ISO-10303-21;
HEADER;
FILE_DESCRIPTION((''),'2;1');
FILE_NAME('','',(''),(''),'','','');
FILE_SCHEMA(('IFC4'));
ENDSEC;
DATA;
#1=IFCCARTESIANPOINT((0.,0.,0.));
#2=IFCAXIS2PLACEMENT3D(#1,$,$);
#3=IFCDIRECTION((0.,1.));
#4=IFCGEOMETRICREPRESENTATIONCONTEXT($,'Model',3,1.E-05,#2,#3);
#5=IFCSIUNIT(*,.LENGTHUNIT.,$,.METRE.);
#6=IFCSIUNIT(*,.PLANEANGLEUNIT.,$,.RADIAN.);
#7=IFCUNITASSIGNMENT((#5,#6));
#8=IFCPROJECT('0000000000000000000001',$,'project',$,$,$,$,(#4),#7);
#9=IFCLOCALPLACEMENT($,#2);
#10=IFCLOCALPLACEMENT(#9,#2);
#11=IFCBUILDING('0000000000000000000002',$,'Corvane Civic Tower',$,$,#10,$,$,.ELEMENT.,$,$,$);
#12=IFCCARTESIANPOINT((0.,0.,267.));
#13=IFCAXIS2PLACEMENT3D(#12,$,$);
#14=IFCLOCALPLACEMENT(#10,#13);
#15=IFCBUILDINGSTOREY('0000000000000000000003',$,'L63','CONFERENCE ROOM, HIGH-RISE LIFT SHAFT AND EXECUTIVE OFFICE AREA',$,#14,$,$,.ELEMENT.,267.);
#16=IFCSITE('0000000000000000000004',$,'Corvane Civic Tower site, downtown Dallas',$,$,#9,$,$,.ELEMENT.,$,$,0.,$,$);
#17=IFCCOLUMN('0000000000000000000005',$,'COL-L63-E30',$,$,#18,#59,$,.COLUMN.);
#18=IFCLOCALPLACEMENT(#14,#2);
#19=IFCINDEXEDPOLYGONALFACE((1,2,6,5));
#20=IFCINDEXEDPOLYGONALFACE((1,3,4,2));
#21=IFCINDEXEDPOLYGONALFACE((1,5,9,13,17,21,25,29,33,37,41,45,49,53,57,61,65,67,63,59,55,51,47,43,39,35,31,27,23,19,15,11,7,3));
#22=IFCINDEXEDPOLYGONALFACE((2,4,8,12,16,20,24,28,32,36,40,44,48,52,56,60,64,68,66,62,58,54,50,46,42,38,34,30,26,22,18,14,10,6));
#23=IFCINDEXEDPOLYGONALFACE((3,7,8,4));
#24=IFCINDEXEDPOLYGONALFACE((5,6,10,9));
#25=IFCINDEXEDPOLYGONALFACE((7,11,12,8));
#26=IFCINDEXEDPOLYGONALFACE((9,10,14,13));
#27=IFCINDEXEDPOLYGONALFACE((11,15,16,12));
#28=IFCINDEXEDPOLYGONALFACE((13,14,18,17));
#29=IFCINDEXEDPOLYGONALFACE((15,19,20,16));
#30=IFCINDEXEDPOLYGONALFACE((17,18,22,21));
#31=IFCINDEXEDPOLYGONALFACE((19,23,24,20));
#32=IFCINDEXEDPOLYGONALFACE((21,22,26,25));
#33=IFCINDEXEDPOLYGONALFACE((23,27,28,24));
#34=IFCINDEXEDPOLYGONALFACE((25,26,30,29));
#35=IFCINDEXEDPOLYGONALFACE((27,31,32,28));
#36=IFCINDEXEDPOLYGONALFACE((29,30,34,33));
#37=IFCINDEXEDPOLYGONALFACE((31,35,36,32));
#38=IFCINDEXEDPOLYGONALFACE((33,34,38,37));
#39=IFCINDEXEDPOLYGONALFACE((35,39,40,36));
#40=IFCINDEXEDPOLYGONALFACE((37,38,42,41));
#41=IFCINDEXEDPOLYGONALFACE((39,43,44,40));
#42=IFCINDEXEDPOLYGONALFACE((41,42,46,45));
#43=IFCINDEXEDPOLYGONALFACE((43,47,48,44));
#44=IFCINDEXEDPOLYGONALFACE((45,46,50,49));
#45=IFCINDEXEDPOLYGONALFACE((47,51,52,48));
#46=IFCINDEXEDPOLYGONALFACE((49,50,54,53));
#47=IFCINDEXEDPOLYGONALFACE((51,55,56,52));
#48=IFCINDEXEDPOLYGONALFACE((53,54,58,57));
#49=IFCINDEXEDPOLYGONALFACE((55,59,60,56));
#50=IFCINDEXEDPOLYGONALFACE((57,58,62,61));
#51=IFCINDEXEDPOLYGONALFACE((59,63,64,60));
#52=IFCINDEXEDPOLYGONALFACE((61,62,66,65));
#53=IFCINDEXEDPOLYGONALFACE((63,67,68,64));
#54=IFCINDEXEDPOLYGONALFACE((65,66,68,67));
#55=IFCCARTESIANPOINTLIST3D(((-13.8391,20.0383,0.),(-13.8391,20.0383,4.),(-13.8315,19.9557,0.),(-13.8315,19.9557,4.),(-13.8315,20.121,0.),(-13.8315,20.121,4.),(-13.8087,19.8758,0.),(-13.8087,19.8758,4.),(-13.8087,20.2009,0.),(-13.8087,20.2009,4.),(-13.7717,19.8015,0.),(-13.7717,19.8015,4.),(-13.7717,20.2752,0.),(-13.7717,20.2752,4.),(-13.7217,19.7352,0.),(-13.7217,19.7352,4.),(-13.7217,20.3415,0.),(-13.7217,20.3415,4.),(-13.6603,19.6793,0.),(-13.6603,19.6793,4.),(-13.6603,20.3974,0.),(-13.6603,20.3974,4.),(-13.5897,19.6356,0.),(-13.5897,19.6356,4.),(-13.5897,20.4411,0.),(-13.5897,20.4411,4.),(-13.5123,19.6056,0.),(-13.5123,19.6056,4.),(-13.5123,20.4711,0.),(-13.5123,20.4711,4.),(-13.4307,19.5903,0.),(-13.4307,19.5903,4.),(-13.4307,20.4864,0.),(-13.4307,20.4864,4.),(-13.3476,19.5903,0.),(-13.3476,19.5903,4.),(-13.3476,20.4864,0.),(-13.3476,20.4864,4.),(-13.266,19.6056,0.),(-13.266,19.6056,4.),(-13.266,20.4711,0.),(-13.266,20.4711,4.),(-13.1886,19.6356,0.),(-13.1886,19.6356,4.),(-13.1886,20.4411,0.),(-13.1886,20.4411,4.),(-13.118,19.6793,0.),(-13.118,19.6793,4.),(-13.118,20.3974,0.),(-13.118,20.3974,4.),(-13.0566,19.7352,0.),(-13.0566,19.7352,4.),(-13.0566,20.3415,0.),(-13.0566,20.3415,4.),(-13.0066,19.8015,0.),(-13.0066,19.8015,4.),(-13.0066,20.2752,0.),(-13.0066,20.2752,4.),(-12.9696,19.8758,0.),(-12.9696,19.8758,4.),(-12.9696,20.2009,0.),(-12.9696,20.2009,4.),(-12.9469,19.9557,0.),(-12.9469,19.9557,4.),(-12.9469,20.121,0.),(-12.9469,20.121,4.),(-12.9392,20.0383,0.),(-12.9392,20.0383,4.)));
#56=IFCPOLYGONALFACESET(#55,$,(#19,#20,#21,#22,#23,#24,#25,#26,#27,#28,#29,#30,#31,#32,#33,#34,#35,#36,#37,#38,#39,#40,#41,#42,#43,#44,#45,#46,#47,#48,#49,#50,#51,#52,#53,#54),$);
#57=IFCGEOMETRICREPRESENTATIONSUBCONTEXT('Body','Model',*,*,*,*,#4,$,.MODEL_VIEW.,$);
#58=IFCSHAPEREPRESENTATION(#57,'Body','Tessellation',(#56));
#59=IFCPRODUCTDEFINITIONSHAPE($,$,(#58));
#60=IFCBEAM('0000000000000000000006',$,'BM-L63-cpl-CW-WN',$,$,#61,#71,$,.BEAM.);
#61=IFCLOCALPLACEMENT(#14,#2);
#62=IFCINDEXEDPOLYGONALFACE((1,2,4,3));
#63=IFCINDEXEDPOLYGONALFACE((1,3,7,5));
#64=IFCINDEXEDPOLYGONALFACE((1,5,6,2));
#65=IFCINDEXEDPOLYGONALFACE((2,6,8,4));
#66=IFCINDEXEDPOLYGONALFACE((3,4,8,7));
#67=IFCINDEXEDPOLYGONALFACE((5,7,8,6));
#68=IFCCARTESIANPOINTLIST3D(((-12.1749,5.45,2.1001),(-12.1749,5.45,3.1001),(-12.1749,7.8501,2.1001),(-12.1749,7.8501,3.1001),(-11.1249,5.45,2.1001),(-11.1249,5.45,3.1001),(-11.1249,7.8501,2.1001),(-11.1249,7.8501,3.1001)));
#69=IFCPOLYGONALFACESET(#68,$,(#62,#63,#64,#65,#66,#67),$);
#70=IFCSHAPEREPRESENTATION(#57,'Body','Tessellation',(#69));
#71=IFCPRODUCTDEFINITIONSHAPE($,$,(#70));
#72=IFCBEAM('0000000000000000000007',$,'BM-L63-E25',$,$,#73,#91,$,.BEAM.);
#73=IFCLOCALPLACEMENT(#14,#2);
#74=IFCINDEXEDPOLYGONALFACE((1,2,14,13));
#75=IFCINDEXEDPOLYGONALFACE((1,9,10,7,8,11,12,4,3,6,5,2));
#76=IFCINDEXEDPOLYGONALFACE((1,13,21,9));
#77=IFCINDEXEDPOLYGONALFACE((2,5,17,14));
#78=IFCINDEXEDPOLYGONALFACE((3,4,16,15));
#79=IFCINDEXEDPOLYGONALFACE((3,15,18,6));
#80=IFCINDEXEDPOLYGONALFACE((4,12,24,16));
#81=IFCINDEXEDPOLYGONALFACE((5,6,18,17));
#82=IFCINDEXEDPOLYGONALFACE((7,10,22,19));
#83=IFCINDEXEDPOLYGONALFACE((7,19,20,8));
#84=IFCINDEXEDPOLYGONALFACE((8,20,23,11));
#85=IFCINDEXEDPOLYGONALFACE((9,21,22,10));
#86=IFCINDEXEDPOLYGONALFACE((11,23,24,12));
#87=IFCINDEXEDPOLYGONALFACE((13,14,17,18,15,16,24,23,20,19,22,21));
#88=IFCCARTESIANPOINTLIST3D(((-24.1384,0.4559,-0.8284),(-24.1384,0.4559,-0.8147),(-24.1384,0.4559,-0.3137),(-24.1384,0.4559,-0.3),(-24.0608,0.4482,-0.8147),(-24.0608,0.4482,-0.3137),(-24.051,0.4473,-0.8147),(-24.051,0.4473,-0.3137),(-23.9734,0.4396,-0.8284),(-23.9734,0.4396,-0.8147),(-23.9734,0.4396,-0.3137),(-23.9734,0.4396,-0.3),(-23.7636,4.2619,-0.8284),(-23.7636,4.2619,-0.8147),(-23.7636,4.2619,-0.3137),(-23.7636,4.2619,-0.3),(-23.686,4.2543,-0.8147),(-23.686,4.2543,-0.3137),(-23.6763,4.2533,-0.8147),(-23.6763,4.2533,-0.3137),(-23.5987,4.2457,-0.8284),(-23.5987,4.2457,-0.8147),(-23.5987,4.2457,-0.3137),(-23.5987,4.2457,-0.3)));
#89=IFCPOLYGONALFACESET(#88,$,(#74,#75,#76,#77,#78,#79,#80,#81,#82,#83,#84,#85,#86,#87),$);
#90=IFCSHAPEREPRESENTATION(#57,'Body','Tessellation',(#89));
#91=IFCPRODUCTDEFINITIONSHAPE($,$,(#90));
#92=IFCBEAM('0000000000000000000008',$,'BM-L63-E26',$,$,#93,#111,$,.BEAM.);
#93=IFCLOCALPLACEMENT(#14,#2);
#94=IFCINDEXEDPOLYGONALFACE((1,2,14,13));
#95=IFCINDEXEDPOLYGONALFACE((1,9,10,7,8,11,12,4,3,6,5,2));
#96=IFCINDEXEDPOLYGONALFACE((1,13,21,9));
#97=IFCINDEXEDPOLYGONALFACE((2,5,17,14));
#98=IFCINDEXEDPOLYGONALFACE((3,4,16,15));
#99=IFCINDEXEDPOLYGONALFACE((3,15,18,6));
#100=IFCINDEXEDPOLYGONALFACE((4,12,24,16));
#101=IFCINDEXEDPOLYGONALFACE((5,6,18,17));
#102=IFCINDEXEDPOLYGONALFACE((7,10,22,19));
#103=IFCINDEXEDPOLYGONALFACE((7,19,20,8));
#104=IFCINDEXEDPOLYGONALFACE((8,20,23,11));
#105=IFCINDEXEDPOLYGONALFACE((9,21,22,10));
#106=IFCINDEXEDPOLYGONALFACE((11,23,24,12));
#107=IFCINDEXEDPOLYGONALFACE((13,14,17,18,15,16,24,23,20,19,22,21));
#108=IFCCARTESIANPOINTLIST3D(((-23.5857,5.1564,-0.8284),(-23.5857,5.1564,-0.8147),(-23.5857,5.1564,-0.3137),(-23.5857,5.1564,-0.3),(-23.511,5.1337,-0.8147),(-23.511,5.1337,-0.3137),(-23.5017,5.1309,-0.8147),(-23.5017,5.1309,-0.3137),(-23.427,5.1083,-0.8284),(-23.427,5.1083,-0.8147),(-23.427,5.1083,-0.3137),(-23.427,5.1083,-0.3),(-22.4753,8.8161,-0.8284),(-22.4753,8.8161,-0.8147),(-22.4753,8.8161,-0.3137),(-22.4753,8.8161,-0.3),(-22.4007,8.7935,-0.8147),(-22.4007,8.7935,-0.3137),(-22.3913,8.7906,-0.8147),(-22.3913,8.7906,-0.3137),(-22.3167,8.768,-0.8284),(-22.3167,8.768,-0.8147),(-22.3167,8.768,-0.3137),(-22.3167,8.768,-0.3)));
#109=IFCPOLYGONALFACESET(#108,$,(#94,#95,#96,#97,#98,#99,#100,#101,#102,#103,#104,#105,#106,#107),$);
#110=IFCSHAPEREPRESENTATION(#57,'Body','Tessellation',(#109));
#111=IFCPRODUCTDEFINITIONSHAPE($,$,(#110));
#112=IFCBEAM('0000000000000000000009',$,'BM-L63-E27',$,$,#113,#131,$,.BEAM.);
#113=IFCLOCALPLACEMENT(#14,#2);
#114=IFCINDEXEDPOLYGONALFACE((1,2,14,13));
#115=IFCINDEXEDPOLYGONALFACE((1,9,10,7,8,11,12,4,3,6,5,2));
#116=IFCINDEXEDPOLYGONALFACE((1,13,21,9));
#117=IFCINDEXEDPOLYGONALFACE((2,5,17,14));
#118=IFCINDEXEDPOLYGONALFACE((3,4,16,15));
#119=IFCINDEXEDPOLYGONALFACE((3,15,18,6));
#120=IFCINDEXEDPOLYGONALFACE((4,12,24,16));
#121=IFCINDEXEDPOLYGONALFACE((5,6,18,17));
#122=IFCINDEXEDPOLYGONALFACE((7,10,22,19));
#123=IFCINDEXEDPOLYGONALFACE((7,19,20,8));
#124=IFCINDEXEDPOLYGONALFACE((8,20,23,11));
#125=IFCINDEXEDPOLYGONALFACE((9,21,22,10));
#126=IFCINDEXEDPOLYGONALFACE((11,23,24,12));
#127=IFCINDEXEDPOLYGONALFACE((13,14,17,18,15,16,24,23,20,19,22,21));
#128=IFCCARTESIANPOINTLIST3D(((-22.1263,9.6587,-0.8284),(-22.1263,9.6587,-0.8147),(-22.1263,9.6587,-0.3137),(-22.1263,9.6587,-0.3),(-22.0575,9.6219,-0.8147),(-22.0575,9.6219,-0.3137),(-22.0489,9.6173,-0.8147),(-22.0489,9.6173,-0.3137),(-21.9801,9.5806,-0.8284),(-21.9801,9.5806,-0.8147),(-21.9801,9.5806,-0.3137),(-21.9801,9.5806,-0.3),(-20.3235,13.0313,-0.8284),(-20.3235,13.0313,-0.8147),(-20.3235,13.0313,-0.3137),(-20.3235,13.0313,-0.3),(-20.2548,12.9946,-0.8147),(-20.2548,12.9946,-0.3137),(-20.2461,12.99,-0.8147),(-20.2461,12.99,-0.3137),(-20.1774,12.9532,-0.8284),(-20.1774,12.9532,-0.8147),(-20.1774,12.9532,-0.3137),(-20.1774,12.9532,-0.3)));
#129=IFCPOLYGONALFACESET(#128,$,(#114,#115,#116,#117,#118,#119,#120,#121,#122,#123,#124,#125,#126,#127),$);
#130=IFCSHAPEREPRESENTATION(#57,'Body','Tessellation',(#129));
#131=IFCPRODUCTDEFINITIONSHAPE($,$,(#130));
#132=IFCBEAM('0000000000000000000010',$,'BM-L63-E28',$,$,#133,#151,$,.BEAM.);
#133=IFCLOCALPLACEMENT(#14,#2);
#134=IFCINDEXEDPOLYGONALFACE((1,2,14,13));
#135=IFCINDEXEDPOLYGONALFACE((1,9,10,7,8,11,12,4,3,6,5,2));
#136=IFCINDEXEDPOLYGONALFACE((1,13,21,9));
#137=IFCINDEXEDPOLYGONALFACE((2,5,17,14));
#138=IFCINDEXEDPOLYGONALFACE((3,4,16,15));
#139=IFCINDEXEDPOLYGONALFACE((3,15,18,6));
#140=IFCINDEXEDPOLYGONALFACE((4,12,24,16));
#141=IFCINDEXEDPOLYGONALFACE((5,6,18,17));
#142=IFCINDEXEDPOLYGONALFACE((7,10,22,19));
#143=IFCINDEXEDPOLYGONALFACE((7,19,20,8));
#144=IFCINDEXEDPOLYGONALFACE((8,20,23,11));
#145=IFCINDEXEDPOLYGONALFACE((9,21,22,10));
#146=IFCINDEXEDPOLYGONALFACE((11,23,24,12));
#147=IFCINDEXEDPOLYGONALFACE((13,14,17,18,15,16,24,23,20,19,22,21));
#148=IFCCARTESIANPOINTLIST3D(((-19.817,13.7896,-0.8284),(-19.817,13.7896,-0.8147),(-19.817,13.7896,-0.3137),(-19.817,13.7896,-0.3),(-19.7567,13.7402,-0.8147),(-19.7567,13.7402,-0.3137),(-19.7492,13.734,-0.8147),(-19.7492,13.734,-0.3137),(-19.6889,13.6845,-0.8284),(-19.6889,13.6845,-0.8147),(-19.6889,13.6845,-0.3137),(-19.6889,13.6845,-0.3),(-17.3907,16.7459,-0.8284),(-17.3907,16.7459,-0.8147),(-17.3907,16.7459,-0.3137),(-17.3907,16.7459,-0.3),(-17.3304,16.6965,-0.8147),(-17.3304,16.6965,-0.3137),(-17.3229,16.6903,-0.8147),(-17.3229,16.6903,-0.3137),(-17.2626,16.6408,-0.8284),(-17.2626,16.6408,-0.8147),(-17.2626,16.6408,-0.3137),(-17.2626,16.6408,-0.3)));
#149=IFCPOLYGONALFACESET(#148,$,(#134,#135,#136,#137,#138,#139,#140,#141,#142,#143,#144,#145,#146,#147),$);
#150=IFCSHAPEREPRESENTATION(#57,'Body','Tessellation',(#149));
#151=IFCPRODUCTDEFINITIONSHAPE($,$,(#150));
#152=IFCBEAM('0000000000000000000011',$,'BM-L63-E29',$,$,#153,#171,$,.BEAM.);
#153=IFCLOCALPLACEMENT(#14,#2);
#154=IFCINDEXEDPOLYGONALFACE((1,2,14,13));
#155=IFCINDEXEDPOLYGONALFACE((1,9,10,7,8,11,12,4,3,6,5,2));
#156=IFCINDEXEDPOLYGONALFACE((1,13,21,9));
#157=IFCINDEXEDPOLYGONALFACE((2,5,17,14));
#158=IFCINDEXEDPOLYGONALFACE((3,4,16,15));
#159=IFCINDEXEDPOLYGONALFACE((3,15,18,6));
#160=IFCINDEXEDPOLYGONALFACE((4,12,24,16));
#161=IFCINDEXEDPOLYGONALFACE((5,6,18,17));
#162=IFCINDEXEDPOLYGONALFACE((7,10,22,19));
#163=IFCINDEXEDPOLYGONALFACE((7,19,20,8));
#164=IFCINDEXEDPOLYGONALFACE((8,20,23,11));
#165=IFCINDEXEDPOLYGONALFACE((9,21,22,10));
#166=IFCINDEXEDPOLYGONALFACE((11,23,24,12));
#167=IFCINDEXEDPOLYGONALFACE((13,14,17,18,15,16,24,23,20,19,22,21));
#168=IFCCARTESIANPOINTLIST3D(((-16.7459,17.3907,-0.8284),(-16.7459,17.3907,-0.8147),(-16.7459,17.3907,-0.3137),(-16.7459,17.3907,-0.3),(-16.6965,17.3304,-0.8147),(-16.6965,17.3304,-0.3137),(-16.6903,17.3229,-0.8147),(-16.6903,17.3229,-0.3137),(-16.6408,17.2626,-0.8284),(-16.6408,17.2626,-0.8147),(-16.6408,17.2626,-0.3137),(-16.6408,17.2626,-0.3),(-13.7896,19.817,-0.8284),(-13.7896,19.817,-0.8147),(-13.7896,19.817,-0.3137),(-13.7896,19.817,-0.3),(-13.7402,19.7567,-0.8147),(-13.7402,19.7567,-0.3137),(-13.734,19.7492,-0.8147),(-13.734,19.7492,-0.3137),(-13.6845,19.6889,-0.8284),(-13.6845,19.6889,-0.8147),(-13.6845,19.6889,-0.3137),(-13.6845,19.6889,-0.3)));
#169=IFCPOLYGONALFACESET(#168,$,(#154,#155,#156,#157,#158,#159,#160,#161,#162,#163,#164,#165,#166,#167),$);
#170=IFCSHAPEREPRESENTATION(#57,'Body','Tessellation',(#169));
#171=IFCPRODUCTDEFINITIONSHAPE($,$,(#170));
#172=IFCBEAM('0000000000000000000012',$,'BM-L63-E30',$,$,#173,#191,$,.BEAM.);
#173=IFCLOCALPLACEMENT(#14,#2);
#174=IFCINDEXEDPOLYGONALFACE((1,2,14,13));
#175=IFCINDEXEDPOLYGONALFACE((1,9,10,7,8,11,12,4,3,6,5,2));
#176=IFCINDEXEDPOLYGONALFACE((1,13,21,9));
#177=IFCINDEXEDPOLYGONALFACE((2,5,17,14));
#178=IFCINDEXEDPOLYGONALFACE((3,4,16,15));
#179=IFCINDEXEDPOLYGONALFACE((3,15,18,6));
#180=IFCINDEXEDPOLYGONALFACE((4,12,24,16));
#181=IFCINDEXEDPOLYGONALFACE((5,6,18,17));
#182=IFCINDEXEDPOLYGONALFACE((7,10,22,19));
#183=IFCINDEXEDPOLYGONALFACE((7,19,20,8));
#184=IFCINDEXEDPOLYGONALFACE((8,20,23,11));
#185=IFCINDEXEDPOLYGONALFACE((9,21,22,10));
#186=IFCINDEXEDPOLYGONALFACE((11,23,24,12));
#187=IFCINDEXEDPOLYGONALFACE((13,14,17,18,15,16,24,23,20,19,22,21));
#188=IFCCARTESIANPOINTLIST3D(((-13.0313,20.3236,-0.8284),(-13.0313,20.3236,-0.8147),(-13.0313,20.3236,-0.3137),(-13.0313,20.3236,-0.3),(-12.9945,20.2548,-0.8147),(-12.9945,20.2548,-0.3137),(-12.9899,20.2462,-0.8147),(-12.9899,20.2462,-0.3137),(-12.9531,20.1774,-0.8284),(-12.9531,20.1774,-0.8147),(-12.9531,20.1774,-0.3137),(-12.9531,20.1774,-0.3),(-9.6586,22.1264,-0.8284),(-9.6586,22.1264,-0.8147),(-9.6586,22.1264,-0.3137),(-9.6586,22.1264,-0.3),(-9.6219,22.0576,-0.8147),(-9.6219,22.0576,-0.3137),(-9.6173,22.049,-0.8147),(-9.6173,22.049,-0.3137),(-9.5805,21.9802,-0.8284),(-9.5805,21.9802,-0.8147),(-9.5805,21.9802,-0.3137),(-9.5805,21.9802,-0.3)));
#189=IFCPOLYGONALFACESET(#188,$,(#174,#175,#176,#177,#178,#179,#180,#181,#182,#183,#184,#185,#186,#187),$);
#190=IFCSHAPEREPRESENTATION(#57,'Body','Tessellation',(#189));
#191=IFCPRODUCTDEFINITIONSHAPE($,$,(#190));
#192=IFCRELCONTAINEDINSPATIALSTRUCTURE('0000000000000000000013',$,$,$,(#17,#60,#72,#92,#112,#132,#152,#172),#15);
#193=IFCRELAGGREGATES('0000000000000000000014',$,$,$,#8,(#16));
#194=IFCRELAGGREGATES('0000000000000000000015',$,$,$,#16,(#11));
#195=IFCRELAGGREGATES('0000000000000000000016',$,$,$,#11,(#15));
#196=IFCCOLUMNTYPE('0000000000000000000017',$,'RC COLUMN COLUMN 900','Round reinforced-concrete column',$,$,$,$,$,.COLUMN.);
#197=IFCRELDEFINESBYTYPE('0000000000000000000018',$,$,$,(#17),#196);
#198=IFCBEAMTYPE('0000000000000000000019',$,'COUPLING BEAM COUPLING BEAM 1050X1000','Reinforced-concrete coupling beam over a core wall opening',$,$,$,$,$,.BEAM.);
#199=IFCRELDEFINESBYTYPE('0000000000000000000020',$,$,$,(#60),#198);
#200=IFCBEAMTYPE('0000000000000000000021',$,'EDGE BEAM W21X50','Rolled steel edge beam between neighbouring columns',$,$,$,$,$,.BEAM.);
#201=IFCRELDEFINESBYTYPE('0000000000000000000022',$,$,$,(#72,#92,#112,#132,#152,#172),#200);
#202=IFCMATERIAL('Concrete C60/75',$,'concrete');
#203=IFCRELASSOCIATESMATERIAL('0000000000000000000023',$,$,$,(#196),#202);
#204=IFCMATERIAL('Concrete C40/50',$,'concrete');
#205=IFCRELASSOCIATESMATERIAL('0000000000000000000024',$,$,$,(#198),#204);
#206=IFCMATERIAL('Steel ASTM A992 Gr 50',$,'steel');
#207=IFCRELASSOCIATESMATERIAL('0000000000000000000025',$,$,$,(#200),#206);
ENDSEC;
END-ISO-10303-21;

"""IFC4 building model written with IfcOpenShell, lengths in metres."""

from ifc_helpers import new_model, si_unit, direction, frame, origin, origin_2d, place, context, subcontext, project, spatial, rectangle, circle, i_section, extrude, material, material_profile, profile_set, type_object, element, save


model = new_model("IFC4")

# Units and contexts
model_context = context("Model", 3, precision=1e-05, world=origin(), true_north=direction((0.0, 1.0)))
body_context = subcontext(model_context, "Body", "Model", "MODEL_VIEW")
ifc_project = project(units=[si_unit("LENGTHUNIT", "METRE"), si_unit("PLANEANGLEUNIT", "RADIAN")], contexts=[model_context])

# Site, building, storey
site_placement = place(None, origin())
site = spatial("IfcSite", under=ifc_project, at=site_placement, Name="Corvane Civic Tower site, downtown Dallas", CompositionType="ELEMENT", RefElevation=0.0)
building_placement = place(site_placement, origin())
building = spatial("IfcBuilding", under=site, at=building_placement, Name="Corvane Civic Tower", CompositionType="ELEMENT")
storey_placement = place(building_placement, frame((0.0, 0.0, 267.0)))
storey = spatial("IfcBuildingStorey", under=building, at=storey_placement, Name="L63", Description="CONFERENCE ROOM, HIGH-RISE LIFT SHAFT AND EXECUTIVE OFFICE AREA", CompositionType="ELEMENT", Elevation=267.0)

# Column
ifc_material_1 = material(Name="Concrete C60/75", Category="concrete")
ifc_material_profile_1 = material_profile(ifc_material_1, circle(Radius=0.45, at=origin_2d()), Name="COLUMN 900")
ifc_profile_set_1 = profile_set([ifc_material_profile_1], Name="Concrete C60/75")
column_type = type_object("IfcColumnType", Name="RC COLUMN COLUMN 900", Description="Round reinforced-concrete column", PredefinedType="COLUMN", material=ifc_profile_set_1)
for number, where, z_axis, x_axis, name in (
    (1, (-13.3892, 20.0383, 0.0), (0.0, 0.0, 1.0), (1.0, 0.0, 0.0), "COL-L63-E30"),
):
    element("IfcColumn", number, at=place(storey_placement, frame(where, z_axis=z_axis, x_axis=x_axis)), inside=storey, type_object=column_type, Name=name, PredefinedType="COLUMN", context=body_context, shape_type="SweptSolid", body=[
        extrude(circle(Radius=0.45, at=origin_2d()), origin(), (0.0, 0.0, 1.0), 4.0),
    ])

# Beams
ifc_material_2 = material(Name="Concrete C40/50", Category="concrete")
ifc_material_profile_2 = material_profile(ifc_material_2, rectangle(XDim=1.05, YDim=1.0, at=origin_2d()), Name="COUPLING BEAM 1050X1000")
ifc_profile_set_2 = profile_set([ifc_material_profile_2], Name="Concrete C40/50")
beam_type_1 = type_object("IfcBeamType", Name="COUPLING BEAM COUPLING BEAM 1050X1000", Description="Reinforced-concrete coupling beam over a core wall opening", PredefinedType="BEAM", material=ifc_profile_set_2)
beam_1_placement = place(storey_placement, frame((-11.6499, 5.45, 2.6001), z_axis=(0.0, 1.0, 0.0), x_axis=(-1.0, 0.0, 0.0)))
element("IfcBeam", 2, at=beam_1_placement, inside=storey, type_object=beam_type_1, Name="BM-L63-cpl-CW-WN", PredefinedType="BEAM", context=body_context, shape_type="SweptSolid", body=[
    extrude(rectangle(XDim=1.05, YDim=1.0, at=origin_2d()), origin(), (0.0, 0.0, 1.0), 2.4001),
])
ifc_material_3 = material(Name="Steel ASTM A992 Gr 50", Category="steel")
ifc_material_profile_3 = material_profile(ifc_material_3, i_section(OverallWidth=0.1658, OverallDepth=0.5283, WebThickness=0.0098, FlangeThickness=0.0137, at=origin_2d()), Name="W21X50")
ifc_profile_set_3 = profile_set([ifc_material_profile_3], Name="Steel ASTM A992 Gr 50")
beam_type_2 = type_object("IfcBeamType", Name="EDGE BEAM W21X50", Description="Rolled steel edge beam between neighbouring columns", PredefinedType="BEAM", material=ifc_profile_set_3)
for number, where, z_axis, x_axis, name in (
    (3, (-24.0559, 0.4478, -0.5642), (0.097987, 0.995188, 0.0), (-0.995188, 0.097987, 0.0), "BM-L63-E25"),
    (4, (-23.5063, 5.1323, -0.5642), (0.290333, 0.956926, 0.0), (-0.956926, 0.290333, 0.0), "BM-L63-E26"),
):
    element("IfcBeam", number, at=place(storey_placement, frame(where, z_axis=z_axis, x_axis=x_axis)), inside=storey, type_object=beam_type_2, Name=name, PredefinedType="BEAM", context=body_context, shape_type="SweptSolid", body=[
        extrude(i_section(OverallWidth=0.1658, OverallDepth=0.5283, WebThickness=0.0098, FlangeThickness=0.0137, at=origin_2d()), origin(), (0.0, 0.0, 1.0), 3.8245),
    ])
beam_2_placement = place(storey_placement, frame((-22.0532, 9.6196, -0.5642), z_axis=(0.47141, 0.881914, 0.0), x_axis=(-0.881914, 0.47141, 0.0)))
element("IfcBeam", 5, at=beam_2_placement, inside=storey, type_object=beam_type_2, Name="BM-L63-E27", PredefinedType="BEAM", context=body_context, shape_type="SweptSolid", body=[
    extrude(i_section(OverallWidth=0.1658, OverallDepth=0.5283, WebThickness=0.0098, FlangeThickness=0.0137, at=origin_2d()), origin(), (0.0, 0.0, 1.0), 3.8242),
])
for number, where, z_axis, x_axis, name in (
    (6, (-19.7529, 13.7371, -0.5642), (0.634409, 0.772998, 0.0), (-0.772998, 0.634409, 0.0), "BM-L63-E28"),
    (7, (-16.6934, 17.3267, -0.5642), (0.772998, 0.634409, 0.0), (-0.634409, 0.772998, 0.0), "BM-L63-E29"),
):
    element("IfcBeam", number, at=place(storey_placement, frame(where, z_axis=z_axis, x_axis=x_axis)), inside=storey, type_object=beam_type_2, Name=name, PredefinedType="BEAM", context=body_context, shape_type="SweptSolid", body=[
        extrude(i_section(OverallWidth=0.1658, OverallDepth=0.5283, WebThickness=0.0098, FlangeThickness=0.0137, at=origin_2d()), origin(), (0.0, 0.0, 1.0), 3.8245),
    ])
beam_3_placement = place(storey_placement, frame((-12.9922, 20.2505, -0.5642), z_axis=(0.881914, 0.47141, 0.0), x_axis=(-0.47141, 0.881914, 0.0)))
element("IfcBeam", 8, at=beam_3_placement, inside=storey, type_object=beam_type_2, Name="BM-L63-E30", PredefinedType="BEAM", context=body_context, shape_type="SweptSolid", body=[
    extrude(i_section(OverallWidth=0.1658, OverallDepth=0.5283, WebThickness=0.0098, FlangeThickness=0.0137, at=origin_2d()), origin(), (0.0, 0.0, 1.0), 3.8242),
])

save(model, "model.ifc")
